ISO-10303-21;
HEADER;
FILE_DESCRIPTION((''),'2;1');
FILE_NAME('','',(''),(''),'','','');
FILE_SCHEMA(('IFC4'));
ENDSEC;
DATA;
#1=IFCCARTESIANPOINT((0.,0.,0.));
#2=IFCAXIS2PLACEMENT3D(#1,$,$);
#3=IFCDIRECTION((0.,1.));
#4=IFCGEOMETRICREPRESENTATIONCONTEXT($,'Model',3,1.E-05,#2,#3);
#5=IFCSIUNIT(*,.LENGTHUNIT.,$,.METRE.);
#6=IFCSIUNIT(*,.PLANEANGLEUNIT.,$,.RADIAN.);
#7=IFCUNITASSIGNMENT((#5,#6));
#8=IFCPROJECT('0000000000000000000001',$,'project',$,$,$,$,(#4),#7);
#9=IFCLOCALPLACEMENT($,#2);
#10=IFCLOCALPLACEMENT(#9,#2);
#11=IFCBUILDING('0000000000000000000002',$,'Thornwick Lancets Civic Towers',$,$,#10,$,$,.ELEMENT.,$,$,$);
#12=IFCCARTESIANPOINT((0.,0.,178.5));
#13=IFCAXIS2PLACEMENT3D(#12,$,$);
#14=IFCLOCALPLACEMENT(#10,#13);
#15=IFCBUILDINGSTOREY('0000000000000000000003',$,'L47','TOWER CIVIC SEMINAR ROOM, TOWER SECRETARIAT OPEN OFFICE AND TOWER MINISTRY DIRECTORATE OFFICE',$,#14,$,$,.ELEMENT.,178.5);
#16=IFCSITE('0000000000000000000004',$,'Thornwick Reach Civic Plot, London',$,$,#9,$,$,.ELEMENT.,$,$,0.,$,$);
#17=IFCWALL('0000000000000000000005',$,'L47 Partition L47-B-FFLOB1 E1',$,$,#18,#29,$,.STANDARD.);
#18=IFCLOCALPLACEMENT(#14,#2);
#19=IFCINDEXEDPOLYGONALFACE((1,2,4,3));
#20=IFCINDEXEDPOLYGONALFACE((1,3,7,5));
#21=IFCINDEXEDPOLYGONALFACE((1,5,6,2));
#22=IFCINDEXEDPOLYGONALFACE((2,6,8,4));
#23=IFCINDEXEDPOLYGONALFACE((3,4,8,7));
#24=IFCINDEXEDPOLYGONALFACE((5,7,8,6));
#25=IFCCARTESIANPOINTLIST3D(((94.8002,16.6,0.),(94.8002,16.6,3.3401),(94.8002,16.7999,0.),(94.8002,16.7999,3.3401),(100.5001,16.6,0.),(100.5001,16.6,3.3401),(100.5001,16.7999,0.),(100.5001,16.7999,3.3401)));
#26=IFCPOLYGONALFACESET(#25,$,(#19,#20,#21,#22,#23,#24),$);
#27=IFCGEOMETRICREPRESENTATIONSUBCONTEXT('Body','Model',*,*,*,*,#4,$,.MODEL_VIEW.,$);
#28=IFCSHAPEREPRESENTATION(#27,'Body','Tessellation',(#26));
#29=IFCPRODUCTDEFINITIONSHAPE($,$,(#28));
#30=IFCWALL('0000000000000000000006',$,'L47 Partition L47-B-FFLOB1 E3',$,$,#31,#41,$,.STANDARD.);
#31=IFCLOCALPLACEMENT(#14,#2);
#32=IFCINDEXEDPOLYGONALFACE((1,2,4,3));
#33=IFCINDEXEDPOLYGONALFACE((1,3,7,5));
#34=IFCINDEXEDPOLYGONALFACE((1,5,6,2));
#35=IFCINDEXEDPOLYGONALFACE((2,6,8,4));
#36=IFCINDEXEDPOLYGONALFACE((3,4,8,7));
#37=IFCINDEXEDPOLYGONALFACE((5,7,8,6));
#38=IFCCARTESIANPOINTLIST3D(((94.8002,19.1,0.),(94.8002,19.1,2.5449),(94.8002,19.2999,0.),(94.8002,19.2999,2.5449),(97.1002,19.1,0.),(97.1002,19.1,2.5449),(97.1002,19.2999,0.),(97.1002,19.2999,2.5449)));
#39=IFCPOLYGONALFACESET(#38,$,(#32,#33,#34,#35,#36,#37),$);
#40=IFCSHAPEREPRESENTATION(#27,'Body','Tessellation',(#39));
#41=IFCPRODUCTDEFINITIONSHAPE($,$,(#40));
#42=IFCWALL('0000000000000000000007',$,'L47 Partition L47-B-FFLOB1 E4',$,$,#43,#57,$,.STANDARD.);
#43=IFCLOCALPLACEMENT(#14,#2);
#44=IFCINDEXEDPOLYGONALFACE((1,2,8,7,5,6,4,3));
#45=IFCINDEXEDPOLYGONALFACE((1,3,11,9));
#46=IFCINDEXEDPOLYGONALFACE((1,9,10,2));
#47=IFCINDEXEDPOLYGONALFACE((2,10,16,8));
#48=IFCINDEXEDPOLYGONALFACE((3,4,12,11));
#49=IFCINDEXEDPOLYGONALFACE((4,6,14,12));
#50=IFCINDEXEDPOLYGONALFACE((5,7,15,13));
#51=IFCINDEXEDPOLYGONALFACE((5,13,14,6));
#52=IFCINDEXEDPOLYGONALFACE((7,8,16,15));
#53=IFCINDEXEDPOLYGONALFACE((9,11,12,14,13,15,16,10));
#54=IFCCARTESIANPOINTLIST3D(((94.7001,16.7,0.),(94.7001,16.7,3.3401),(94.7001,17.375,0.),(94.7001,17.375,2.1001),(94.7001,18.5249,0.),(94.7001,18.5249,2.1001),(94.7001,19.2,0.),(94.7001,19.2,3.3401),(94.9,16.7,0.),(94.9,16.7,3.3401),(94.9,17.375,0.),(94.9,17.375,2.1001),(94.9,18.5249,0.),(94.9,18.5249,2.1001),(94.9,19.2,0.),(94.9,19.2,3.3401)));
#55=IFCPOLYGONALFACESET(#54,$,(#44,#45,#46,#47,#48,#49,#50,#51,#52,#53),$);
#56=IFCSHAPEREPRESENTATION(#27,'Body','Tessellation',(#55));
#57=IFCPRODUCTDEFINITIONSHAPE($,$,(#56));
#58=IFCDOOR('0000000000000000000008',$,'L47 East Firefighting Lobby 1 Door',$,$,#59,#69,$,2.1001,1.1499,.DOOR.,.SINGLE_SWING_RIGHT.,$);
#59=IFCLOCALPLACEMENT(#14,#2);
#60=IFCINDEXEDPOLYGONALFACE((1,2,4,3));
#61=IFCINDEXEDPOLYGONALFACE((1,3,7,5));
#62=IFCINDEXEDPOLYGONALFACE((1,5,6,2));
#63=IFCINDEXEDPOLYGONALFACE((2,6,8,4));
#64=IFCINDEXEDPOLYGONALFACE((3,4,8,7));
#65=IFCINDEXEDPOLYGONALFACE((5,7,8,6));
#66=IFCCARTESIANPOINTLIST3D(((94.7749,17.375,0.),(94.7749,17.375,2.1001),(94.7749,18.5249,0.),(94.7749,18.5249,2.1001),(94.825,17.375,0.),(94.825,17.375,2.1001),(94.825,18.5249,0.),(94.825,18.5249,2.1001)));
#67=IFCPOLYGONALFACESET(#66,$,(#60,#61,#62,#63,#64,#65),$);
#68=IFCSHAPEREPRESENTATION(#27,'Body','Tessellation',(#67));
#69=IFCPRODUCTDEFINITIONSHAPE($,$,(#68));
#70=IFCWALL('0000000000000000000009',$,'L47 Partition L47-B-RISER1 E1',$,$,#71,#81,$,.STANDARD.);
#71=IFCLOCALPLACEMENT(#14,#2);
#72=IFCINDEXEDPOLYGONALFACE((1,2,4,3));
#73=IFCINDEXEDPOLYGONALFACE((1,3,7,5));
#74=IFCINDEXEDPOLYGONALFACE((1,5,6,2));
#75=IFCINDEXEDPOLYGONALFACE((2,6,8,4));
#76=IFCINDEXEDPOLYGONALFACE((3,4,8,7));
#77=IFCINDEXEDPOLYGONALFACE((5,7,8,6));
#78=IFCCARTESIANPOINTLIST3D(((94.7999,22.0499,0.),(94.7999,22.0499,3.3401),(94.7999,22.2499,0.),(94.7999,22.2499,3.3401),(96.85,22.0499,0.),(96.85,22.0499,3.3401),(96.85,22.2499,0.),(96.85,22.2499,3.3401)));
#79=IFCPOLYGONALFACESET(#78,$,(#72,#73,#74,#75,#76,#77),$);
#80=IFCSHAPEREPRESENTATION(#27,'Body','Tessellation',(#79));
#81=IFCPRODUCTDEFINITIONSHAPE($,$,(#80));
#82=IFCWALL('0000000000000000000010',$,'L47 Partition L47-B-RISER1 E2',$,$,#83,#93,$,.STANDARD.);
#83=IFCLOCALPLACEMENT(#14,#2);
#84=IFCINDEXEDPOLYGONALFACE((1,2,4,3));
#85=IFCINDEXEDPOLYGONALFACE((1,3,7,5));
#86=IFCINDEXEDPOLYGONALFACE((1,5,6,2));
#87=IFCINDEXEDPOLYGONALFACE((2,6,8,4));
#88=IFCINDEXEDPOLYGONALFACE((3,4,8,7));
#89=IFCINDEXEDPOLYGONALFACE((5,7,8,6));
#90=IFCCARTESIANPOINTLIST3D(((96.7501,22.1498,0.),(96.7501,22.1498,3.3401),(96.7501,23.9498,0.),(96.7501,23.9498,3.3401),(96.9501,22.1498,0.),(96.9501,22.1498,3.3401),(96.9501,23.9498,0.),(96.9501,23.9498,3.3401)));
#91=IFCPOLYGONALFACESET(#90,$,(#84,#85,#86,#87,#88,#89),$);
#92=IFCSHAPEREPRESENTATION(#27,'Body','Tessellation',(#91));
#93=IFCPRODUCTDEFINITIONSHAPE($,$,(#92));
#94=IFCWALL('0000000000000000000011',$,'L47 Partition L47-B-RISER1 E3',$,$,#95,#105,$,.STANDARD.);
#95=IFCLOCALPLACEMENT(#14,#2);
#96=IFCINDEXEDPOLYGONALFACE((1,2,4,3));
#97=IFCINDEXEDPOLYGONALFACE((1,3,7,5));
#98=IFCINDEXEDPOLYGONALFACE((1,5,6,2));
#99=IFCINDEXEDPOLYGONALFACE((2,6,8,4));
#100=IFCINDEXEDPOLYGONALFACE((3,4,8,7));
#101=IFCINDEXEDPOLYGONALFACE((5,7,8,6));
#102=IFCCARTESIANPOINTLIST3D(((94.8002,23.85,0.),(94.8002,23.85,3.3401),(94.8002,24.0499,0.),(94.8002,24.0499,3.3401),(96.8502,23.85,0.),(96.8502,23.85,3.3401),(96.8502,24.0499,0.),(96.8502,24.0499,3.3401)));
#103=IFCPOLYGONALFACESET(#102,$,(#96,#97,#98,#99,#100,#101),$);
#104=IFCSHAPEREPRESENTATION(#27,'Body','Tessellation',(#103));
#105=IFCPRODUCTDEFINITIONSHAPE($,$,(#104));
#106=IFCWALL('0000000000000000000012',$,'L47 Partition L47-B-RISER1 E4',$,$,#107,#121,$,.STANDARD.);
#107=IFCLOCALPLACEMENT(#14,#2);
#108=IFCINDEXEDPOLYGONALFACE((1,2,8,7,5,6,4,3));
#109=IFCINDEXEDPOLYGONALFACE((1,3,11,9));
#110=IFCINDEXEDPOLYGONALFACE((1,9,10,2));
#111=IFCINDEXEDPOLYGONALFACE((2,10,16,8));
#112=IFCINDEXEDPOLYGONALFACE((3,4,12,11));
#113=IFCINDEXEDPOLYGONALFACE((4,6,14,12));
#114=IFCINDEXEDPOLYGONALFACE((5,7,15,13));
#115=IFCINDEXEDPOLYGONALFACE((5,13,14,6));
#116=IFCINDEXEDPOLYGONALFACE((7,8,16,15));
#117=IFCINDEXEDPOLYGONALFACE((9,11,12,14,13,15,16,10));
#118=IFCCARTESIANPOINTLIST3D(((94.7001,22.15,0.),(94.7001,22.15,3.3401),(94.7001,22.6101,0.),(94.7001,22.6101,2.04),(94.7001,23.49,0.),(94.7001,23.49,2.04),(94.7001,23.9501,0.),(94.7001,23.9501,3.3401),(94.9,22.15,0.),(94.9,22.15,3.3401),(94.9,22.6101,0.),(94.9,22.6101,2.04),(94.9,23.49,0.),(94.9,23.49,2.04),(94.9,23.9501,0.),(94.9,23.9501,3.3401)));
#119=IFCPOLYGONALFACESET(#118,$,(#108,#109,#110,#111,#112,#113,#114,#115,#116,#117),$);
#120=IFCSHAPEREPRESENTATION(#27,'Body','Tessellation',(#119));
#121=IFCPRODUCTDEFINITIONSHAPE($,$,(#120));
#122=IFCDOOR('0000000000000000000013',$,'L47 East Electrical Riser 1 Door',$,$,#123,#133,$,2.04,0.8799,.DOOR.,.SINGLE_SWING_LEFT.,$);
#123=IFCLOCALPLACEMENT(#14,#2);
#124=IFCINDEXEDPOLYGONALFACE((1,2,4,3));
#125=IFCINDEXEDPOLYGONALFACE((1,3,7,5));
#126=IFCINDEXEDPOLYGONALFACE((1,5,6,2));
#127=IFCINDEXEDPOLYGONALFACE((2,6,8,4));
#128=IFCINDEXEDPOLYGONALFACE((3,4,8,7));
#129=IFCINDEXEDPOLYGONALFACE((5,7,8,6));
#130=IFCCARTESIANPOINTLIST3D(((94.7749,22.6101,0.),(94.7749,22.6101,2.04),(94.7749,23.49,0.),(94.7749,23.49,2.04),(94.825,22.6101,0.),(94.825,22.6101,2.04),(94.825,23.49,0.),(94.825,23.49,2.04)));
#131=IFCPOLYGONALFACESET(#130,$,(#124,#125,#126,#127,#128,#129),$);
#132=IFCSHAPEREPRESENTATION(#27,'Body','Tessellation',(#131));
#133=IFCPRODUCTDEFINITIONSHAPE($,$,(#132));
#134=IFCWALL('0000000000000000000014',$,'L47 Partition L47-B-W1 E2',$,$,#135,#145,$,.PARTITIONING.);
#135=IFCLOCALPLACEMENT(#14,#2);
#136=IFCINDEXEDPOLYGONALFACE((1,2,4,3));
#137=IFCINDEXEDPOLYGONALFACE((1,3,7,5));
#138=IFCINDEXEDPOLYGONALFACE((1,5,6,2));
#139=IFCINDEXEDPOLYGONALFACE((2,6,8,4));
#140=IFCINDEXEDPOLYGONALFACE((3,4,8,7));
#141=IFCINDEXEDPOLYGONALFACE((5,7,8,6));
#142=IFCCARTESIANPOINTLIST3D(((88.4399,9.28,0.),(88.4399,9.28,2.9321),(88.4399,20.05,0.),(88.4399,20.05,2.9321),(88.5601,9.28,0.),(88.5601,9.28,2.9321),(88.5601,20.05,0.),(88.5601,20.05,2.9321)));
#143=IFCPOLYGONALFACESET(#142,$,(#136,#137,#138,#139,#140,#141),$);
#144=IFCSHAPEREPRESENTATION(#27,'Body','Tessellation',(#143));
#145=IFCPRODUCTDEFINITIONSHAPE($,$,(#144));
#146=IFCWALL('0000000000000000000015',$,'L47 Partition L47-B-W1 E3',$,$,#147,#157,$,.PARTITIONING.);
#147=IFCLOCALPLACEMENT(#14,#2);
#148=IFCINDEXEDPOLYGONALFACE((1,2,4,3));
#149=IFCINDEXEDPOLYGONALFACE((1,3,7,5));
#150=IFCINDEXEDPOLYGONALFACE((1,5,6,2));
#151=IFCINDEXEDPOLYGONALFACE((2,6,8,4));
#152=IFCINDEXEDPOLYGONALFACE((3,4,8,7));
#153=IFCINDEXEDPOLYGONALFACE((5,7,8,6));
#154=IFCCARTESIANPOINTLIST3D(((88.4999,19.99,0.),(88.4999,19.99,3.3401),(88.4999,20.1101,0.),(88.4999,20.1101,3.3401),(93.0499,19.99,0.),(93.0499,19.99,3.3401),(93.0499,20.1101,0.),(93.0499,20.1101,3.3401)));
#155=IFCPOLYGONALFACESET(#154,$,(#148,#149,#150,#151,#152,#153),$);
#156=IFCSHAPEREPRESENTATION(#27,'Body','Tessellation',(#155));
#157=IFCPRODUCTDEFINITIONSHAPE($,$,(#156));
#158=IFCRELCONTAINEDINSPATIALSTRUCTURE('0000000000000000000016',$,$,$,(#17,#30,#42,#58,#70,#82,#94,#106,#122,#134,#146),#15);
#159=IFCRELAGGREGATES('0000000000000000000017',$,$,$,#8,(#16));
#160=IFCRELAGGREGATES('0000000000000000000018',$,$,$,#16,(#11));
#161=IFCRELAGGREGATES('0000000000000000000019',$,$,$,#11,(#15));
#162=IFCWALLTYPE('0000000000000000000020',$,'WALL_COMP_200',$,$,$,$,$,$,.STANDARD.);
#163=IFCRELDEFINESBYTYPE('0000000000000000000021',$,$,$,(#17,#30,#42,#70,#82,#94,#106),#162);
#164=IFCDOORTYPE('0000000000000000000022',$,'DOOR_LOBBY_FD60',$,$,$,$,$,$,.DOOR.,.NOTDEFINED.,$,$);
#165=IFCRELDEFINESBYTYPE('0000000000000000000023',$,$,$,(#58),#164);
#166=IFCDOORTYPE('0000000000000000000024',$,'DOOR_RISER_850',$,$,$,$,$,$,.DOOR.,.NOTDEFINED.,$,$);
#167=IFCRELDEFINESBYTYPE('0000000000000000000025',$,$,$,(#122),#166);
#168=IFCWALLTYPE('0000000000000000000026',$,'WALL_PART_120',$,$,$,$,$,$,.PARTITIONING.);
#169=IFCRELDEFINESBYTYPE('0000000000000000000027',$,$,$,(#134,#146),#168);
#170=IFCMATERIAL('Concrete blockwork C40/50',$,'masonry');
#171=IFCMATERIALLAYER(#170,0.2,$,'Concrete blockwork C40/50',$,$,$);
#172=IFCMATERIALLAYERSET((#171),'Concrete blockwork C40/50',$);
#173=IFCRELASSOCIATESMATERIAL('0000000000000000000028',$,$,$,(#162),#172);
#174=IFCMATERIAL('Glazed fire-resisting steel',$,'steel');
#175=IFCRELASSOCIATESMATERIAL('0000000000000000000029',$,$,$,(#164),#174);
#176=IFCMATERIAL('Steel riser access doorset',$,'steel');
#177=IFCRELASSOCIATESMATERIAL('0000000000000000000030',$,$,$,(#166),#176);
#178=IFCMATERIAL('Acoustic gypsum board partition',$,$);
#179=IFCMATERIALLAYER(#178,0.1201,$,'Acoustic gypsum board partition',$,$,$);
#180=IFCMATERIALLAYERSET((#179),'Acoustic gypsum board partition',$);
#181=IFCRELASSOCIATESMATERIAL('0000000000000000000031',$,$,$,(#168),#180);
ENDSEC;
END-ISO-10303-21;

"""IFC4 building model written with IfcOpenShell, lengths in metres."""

from ifc_helpers import new_model, si_unit, direction, frame, frame_2d, origin, place, context, subcontext, project, spatial, rectangle, extrude, material, layer, layer_set, type_object, element, fill, save


model = new_model("IFC4")

# Units and contexts
model_context = context("Model", 3, precision=1e-05, world=origin(), true_north=direction((0.0, 1.0)))
body_context = subcontext(model_context, "Body", "Model", "MODEL_VIEW")
ifc_project = project(units=[si_unit("LENGTHUNIT", "METRE"), si_unit("PLANEANGLEUNIT", "RADIAN")], contexts=[model_context])

# Site, building, storey
site_placement = place(None, origin())
site = spatial("IfcSite", under=ifc_project, at=site_placement, Name="Thornwick Reach Civic Plot, London", CompositionType="ELEMENT", RefElevation=0.0)
building_placement = place(site_placement, origin())
building = spatial("IfcBuilding", under=site, at=building_placement, Name="Thornwick Lancets Civic Towers", CompositionType="ELEMENT")
storey_placement = place(building_placement, frame((0.0, 0.0, 178.5)))
storey = spatial("IfcBuildingStorey", under=building, at=storey_placement, Name="L47", Description="TOWER CIVIC SEMINAR ROOM, TOWER SECRETARIAT OPEN OFFICE AND TOWER MINISTRY DIRECTORATE OFFICE", CompositionType="ELEMENT", Elevation=178.5)

# Walls
ifc_material_1 = material(Name="Concrete blockwork C40/50", Category="masonry")
ifc_layer_1 = layer(ifc_material_1, 0.2, Name="Concrete blockwork C40/50")
ifc_layer_set_1 = layer_set([ifc_layer_1], Name="Concrete blockwork C40/50")
wall_type_1 = type_object("IfcWallType", Name="WALL_COMP_200", PredefinedType="STANDARD", material=ifc_layer_set_1)
wall_1_placement = place(storey_placement, frame((94.8, 16.7, 0.0), z_axis=(0.0, 0.0, 1.0), x_axis=(1.0, 0.0, 0.0)))
element("IfcWall", 1, at=wall_1_placement, inside=storey, type_object=wall_type_1, Name="L47 Partition L47-B-FFLOB1 E1", PredefinedType="STANDARD", context=body_context, shape_type="SweptSolid", body=[
    extrude(rectangle(XDim=5.7, YDim=0.2, at=frame_2d((2.8501, 0.0))), origin(), (0.0, 0.0, 1.0), 3.3401),
])
wall_2_placement = place(storey_placement, frame((97.1001, 19.2, 0.0), z_axis=(0.0, 0.0, 1.0), x_axis=(-1.0, 0.0, 0.0)))
element("IfcWall", 2, at=wall_2_placement, inside=storey, type_object=wall_type_1, Name="L47 Partition L47-B-FFLOB1 E3", PredefinedType="STANDARD", context=body_context, shape_type="SweptSolid", body=[
    extrude(rectangle(XDim=2.3, YDim=0.2, at=frame_2d((1.1499, 0.0))), origin(), (0.0, 0.0, 1.0), 2.5449),
])

# Wall, opening, door
wall_3_placement = place(storey_placement, frame((94.8, 19.2, 0.0), z_axis=(0.0, 0.0, 1.0), x_axis=(0.0, -1.0, 0.0)))
wall_3 = element("IfcWall", 3, at=wall_3_placement, inside=storey, type_object=wall_type_1, Name="L47 Partition L47-B-FFLOB1 E4", PredefinedType="STANDARD", context=body_context, shape_type="SweptSolid", body=[
    extrude(rectangle(XDim=2.5, YDim=0.2, at=frame_2d((1.25, 0.0))), origin(), (0.0, 0.0, 1.0), 3.3401),
])
opening_1_placement = place(wall_3_placement, frame((0.675, 0.0, 0.0)))
opening_1 = element("IfcOpeningElement", 4, at=opening_1_placement, cuts=wall_3, PredefinedType="OPENING", context=body_context, shape_type="SweptSolid", body=[
    extrude(rectangle(XDim=1.1499, YDim=2.1001, at=frame_2d((0.575, 1.05))), frame((0.0, 0.1099, 0.0), z_axis=(0.0, -1.0, 0.0), x_axis=(1.0, 0.0, 0.0)), (0.0, 0.0, 1.0), 0.22),
])
ifc_material_2 = material(Name="Glazed fire-resisting steel", Category="steel")
door_type_1 = type_object("IfcDoorType", Name="DOOR_LOBBY_FD60", OperationType="NOTDEFINED", PredefinedType="DOOR", material=ifc_material_2)
door_1_placement = place(opening_1_placement, origin())
door_1 = element("IfcDoor", 5, at=door_1_placement, inside=storey, type_object=door_type_1, Name="L47 East Firefighting Lobby 1 Door", OperationType="SINGLE_SWING_RIGHT", OverallHeight=2.1001, OverallWidth=1.1499, PredefinedType="DOOR", context=body_context, shape_type="SweptSolid", body=[
    extrude(rectangle(XDim=1.1499, YDim=2.1001, at=frame_2d((0.575, 1.05))), frame((0.0, 0.0249, 0.0), z_axis=(0.0, -1.0, 0.0), x_axis=(1.0, 0.0, 0.0)), (0.0, 0.0, 1.0), 0.05),
])
fill(opening_1, door_1)

# Walls
wall_4_placement = place(storey_placement, frame((94.8, 22.1499, 0.0), z_axis=(0.0, 0.0, 1.0), x_axis=(1.0, 0.0, 0.0)))
element("IfcWall", 6, at=wall_4_placement, inside=storey, type_object=wall_type_1, Name="L47 Partition L47-B-RISER1 E1", PredefinedType="STANDARD", context=body_context, shape_type="SweptSolid", body=[
    extrude(rectangle(XDim=2.05, YDim=0.2, at=frame_2d((1.0249, 0.0))), origin(), (0.0, 0.0, 1.0), 3.3401),
])
wall_5_placement = place(storey_placement, frame((96.8501, 22.1499, 0.0), z_axis=(0.0, 0.0, 1.0), x_axis=(0.0, 1.0, 0.0)))
element("IfcWall", 7, at=wall_5_placement, inside=storey, type_object=wall_type_1, Name="L47 Partition L47-B-RISER1 E2", PredefinedType="STANDARD", context=body_context, shape_type="SweptSolid", body=[
    extrude(rectangle(XDim=1.8, YDim=0.2, at=frame_2d((0.8999, 0.0))), origin(), (0.0, 0.0, 1.0), 3.3401),
])
wall_6_placement = place(storey_placement, frame((96.8501, 23.95, 0.0), z_axis=(0.0, 0.0, 1.0), x_axis=(-1.0, 0.0, 0.0)))
element("IfcWall", 8, at=wall_6_placement, inside=storey, type_object=wall_type_1, Name="L47 Partition L47-B-RISER1 E3", PredefinedType="STANDARD", context=body_context, shape_type="SweptSolid", body=[
    extrude(rectangle(XDim=2.05, YDim=0.2, at=frame_2d((1.0249, 0.0))), origin(), (0.0, 0.0, 1.0), 3.3401),
])

# Wall, opening, door
wall_7_placement = place(storey_placement, frame((94.8, 23.95, 0.0), z_axis=(0.0, 0.0, 1.0), x_axis=(0.0, -1.0, 0.0)))
wall_7 = element("IfcWall", 9, at=wall_7_placement, inside=storey, type_object=wall_type_1, Name="L47 Partition L47-B-RISER1 E4", PredefinedType="STANDARD", context=body_context, shape_type="SweptSolid", body=[
    extrude(rectangle(XDim=1.8, YDim=0.2, at=frame_2d((0.8999, 0.0))), origin(), (0.0, 0.0, 1.0), 3.3401),
])
opening_2_placement = place(wall_7_placement, frame((0.46, 0.0, 0.0)))
opening_2 = element("IfcOpeningElement", 10, at=opening_2_placement, cuts=wall_7, PredefinedType="OPENING", context=body_context, shape_type="SweptSolid", body=[
    extrude(rectangle(XDim=0.8799, YDim=2.04, at=frame_2d((0.4399, 1.02))), frame((0.0, 0.1099, 0.0), z_axis=(0.0, -1.0, 0.0), x_axis=(1.0, 0.0, 0.0)), (0.0, 0.0, 1.0), 0.22),
])
ifc_material_3 = material(Name="Steel riser access doorset", Category="steel")
door_type_2 = type_object("IfcDoorType", Name="DOOR_RISER_850", OperationType="NOTDEFINED", PredefinedType="DOOR", material=ifc_material_3)
door_2_placement = place(opening_2_placement, origin())
door_2 = element("IfcDoor", 11, at=door_2_placement, inside=storey, type_object=door_type_2, Name="L47 East Electrical Riser 1 Door", OperationType="SINGLE_SWING_LEFT", OverallHeight=2.04, OverallWidth=0.8799, PredefinedType="DOOR", context=body_context, shape_type="SweptSolid", body=[
    extrude(rectangle(XDim=0.8799, YDim=2.04, at=frame_2d((0.4399, 1.02))), frame((0.0, 0.0249, 0.0), z_axis=(0.0, -1.0, 0.0), x_axis=(1.0, 0.0, 0.0)), (0.0, 0.0, 1.0), 0.05),
])
fill(opening_2, door_2)

# Walls
ifc_material_4 = material(Name="Acoustic gypsum board partition")
ifc_layer_2 = layer(ifc_material_4, 0.1201, Name="Acoustic gypsum board partition")
ifc_layer_set_2 = layer_set([ifc_layer_2], Name="Acoustic gypsum board partition")
wall_type_2 = type_object("IfcWallType", Name="WALL_PART_120", PredefinedType="PARTITIONING", material=ifc_layer_set_2)
wall_8_placement = place(storey_placement, frame((88.5, 9.28, 0.0), z_axis=(0.0, 0.0, 1.0), x_axis=(0.0, 1.0, 0.0)))
element("IfcWall", 12, at=wall_8_placement, inside=storey, type_object=wall_type_2, Name="L47 Partition L47-B-W1 E2", PredefinedType="PARTITIONING", context=body_context, shape_type="SweptSolid", body=[
    extrude(rectangle(XDim=10.77, YDim=0.1201, at=frame_2d((5.385, 0.0))), origin(), (0.0, 0.0, 1.0), 2.9321),
])
wall_9_placement = place(storey_placement, frame((88.5, 20.05, 0.0), z_axis=(0.0, 0.0, 1.0), x_axis=(1.0, 0.0, 0.0)))
element("IfcWall", 13, at=wall_9_placement, inside=storey, type_object=wall_type_2, Name="L47 Partition L47-B-W1 E3", PredefinedType="PARTITIONING", context=body_context, shape_type="SweptSolid", body=[
    extrude(rectangle(XDim=4.55, YDim=0.1201, at=frame_2d((2.2749, 0.0))), origin(), (0.0, 0.0, 1.0), 3.3401),
])

save(model, "model.ifc")
